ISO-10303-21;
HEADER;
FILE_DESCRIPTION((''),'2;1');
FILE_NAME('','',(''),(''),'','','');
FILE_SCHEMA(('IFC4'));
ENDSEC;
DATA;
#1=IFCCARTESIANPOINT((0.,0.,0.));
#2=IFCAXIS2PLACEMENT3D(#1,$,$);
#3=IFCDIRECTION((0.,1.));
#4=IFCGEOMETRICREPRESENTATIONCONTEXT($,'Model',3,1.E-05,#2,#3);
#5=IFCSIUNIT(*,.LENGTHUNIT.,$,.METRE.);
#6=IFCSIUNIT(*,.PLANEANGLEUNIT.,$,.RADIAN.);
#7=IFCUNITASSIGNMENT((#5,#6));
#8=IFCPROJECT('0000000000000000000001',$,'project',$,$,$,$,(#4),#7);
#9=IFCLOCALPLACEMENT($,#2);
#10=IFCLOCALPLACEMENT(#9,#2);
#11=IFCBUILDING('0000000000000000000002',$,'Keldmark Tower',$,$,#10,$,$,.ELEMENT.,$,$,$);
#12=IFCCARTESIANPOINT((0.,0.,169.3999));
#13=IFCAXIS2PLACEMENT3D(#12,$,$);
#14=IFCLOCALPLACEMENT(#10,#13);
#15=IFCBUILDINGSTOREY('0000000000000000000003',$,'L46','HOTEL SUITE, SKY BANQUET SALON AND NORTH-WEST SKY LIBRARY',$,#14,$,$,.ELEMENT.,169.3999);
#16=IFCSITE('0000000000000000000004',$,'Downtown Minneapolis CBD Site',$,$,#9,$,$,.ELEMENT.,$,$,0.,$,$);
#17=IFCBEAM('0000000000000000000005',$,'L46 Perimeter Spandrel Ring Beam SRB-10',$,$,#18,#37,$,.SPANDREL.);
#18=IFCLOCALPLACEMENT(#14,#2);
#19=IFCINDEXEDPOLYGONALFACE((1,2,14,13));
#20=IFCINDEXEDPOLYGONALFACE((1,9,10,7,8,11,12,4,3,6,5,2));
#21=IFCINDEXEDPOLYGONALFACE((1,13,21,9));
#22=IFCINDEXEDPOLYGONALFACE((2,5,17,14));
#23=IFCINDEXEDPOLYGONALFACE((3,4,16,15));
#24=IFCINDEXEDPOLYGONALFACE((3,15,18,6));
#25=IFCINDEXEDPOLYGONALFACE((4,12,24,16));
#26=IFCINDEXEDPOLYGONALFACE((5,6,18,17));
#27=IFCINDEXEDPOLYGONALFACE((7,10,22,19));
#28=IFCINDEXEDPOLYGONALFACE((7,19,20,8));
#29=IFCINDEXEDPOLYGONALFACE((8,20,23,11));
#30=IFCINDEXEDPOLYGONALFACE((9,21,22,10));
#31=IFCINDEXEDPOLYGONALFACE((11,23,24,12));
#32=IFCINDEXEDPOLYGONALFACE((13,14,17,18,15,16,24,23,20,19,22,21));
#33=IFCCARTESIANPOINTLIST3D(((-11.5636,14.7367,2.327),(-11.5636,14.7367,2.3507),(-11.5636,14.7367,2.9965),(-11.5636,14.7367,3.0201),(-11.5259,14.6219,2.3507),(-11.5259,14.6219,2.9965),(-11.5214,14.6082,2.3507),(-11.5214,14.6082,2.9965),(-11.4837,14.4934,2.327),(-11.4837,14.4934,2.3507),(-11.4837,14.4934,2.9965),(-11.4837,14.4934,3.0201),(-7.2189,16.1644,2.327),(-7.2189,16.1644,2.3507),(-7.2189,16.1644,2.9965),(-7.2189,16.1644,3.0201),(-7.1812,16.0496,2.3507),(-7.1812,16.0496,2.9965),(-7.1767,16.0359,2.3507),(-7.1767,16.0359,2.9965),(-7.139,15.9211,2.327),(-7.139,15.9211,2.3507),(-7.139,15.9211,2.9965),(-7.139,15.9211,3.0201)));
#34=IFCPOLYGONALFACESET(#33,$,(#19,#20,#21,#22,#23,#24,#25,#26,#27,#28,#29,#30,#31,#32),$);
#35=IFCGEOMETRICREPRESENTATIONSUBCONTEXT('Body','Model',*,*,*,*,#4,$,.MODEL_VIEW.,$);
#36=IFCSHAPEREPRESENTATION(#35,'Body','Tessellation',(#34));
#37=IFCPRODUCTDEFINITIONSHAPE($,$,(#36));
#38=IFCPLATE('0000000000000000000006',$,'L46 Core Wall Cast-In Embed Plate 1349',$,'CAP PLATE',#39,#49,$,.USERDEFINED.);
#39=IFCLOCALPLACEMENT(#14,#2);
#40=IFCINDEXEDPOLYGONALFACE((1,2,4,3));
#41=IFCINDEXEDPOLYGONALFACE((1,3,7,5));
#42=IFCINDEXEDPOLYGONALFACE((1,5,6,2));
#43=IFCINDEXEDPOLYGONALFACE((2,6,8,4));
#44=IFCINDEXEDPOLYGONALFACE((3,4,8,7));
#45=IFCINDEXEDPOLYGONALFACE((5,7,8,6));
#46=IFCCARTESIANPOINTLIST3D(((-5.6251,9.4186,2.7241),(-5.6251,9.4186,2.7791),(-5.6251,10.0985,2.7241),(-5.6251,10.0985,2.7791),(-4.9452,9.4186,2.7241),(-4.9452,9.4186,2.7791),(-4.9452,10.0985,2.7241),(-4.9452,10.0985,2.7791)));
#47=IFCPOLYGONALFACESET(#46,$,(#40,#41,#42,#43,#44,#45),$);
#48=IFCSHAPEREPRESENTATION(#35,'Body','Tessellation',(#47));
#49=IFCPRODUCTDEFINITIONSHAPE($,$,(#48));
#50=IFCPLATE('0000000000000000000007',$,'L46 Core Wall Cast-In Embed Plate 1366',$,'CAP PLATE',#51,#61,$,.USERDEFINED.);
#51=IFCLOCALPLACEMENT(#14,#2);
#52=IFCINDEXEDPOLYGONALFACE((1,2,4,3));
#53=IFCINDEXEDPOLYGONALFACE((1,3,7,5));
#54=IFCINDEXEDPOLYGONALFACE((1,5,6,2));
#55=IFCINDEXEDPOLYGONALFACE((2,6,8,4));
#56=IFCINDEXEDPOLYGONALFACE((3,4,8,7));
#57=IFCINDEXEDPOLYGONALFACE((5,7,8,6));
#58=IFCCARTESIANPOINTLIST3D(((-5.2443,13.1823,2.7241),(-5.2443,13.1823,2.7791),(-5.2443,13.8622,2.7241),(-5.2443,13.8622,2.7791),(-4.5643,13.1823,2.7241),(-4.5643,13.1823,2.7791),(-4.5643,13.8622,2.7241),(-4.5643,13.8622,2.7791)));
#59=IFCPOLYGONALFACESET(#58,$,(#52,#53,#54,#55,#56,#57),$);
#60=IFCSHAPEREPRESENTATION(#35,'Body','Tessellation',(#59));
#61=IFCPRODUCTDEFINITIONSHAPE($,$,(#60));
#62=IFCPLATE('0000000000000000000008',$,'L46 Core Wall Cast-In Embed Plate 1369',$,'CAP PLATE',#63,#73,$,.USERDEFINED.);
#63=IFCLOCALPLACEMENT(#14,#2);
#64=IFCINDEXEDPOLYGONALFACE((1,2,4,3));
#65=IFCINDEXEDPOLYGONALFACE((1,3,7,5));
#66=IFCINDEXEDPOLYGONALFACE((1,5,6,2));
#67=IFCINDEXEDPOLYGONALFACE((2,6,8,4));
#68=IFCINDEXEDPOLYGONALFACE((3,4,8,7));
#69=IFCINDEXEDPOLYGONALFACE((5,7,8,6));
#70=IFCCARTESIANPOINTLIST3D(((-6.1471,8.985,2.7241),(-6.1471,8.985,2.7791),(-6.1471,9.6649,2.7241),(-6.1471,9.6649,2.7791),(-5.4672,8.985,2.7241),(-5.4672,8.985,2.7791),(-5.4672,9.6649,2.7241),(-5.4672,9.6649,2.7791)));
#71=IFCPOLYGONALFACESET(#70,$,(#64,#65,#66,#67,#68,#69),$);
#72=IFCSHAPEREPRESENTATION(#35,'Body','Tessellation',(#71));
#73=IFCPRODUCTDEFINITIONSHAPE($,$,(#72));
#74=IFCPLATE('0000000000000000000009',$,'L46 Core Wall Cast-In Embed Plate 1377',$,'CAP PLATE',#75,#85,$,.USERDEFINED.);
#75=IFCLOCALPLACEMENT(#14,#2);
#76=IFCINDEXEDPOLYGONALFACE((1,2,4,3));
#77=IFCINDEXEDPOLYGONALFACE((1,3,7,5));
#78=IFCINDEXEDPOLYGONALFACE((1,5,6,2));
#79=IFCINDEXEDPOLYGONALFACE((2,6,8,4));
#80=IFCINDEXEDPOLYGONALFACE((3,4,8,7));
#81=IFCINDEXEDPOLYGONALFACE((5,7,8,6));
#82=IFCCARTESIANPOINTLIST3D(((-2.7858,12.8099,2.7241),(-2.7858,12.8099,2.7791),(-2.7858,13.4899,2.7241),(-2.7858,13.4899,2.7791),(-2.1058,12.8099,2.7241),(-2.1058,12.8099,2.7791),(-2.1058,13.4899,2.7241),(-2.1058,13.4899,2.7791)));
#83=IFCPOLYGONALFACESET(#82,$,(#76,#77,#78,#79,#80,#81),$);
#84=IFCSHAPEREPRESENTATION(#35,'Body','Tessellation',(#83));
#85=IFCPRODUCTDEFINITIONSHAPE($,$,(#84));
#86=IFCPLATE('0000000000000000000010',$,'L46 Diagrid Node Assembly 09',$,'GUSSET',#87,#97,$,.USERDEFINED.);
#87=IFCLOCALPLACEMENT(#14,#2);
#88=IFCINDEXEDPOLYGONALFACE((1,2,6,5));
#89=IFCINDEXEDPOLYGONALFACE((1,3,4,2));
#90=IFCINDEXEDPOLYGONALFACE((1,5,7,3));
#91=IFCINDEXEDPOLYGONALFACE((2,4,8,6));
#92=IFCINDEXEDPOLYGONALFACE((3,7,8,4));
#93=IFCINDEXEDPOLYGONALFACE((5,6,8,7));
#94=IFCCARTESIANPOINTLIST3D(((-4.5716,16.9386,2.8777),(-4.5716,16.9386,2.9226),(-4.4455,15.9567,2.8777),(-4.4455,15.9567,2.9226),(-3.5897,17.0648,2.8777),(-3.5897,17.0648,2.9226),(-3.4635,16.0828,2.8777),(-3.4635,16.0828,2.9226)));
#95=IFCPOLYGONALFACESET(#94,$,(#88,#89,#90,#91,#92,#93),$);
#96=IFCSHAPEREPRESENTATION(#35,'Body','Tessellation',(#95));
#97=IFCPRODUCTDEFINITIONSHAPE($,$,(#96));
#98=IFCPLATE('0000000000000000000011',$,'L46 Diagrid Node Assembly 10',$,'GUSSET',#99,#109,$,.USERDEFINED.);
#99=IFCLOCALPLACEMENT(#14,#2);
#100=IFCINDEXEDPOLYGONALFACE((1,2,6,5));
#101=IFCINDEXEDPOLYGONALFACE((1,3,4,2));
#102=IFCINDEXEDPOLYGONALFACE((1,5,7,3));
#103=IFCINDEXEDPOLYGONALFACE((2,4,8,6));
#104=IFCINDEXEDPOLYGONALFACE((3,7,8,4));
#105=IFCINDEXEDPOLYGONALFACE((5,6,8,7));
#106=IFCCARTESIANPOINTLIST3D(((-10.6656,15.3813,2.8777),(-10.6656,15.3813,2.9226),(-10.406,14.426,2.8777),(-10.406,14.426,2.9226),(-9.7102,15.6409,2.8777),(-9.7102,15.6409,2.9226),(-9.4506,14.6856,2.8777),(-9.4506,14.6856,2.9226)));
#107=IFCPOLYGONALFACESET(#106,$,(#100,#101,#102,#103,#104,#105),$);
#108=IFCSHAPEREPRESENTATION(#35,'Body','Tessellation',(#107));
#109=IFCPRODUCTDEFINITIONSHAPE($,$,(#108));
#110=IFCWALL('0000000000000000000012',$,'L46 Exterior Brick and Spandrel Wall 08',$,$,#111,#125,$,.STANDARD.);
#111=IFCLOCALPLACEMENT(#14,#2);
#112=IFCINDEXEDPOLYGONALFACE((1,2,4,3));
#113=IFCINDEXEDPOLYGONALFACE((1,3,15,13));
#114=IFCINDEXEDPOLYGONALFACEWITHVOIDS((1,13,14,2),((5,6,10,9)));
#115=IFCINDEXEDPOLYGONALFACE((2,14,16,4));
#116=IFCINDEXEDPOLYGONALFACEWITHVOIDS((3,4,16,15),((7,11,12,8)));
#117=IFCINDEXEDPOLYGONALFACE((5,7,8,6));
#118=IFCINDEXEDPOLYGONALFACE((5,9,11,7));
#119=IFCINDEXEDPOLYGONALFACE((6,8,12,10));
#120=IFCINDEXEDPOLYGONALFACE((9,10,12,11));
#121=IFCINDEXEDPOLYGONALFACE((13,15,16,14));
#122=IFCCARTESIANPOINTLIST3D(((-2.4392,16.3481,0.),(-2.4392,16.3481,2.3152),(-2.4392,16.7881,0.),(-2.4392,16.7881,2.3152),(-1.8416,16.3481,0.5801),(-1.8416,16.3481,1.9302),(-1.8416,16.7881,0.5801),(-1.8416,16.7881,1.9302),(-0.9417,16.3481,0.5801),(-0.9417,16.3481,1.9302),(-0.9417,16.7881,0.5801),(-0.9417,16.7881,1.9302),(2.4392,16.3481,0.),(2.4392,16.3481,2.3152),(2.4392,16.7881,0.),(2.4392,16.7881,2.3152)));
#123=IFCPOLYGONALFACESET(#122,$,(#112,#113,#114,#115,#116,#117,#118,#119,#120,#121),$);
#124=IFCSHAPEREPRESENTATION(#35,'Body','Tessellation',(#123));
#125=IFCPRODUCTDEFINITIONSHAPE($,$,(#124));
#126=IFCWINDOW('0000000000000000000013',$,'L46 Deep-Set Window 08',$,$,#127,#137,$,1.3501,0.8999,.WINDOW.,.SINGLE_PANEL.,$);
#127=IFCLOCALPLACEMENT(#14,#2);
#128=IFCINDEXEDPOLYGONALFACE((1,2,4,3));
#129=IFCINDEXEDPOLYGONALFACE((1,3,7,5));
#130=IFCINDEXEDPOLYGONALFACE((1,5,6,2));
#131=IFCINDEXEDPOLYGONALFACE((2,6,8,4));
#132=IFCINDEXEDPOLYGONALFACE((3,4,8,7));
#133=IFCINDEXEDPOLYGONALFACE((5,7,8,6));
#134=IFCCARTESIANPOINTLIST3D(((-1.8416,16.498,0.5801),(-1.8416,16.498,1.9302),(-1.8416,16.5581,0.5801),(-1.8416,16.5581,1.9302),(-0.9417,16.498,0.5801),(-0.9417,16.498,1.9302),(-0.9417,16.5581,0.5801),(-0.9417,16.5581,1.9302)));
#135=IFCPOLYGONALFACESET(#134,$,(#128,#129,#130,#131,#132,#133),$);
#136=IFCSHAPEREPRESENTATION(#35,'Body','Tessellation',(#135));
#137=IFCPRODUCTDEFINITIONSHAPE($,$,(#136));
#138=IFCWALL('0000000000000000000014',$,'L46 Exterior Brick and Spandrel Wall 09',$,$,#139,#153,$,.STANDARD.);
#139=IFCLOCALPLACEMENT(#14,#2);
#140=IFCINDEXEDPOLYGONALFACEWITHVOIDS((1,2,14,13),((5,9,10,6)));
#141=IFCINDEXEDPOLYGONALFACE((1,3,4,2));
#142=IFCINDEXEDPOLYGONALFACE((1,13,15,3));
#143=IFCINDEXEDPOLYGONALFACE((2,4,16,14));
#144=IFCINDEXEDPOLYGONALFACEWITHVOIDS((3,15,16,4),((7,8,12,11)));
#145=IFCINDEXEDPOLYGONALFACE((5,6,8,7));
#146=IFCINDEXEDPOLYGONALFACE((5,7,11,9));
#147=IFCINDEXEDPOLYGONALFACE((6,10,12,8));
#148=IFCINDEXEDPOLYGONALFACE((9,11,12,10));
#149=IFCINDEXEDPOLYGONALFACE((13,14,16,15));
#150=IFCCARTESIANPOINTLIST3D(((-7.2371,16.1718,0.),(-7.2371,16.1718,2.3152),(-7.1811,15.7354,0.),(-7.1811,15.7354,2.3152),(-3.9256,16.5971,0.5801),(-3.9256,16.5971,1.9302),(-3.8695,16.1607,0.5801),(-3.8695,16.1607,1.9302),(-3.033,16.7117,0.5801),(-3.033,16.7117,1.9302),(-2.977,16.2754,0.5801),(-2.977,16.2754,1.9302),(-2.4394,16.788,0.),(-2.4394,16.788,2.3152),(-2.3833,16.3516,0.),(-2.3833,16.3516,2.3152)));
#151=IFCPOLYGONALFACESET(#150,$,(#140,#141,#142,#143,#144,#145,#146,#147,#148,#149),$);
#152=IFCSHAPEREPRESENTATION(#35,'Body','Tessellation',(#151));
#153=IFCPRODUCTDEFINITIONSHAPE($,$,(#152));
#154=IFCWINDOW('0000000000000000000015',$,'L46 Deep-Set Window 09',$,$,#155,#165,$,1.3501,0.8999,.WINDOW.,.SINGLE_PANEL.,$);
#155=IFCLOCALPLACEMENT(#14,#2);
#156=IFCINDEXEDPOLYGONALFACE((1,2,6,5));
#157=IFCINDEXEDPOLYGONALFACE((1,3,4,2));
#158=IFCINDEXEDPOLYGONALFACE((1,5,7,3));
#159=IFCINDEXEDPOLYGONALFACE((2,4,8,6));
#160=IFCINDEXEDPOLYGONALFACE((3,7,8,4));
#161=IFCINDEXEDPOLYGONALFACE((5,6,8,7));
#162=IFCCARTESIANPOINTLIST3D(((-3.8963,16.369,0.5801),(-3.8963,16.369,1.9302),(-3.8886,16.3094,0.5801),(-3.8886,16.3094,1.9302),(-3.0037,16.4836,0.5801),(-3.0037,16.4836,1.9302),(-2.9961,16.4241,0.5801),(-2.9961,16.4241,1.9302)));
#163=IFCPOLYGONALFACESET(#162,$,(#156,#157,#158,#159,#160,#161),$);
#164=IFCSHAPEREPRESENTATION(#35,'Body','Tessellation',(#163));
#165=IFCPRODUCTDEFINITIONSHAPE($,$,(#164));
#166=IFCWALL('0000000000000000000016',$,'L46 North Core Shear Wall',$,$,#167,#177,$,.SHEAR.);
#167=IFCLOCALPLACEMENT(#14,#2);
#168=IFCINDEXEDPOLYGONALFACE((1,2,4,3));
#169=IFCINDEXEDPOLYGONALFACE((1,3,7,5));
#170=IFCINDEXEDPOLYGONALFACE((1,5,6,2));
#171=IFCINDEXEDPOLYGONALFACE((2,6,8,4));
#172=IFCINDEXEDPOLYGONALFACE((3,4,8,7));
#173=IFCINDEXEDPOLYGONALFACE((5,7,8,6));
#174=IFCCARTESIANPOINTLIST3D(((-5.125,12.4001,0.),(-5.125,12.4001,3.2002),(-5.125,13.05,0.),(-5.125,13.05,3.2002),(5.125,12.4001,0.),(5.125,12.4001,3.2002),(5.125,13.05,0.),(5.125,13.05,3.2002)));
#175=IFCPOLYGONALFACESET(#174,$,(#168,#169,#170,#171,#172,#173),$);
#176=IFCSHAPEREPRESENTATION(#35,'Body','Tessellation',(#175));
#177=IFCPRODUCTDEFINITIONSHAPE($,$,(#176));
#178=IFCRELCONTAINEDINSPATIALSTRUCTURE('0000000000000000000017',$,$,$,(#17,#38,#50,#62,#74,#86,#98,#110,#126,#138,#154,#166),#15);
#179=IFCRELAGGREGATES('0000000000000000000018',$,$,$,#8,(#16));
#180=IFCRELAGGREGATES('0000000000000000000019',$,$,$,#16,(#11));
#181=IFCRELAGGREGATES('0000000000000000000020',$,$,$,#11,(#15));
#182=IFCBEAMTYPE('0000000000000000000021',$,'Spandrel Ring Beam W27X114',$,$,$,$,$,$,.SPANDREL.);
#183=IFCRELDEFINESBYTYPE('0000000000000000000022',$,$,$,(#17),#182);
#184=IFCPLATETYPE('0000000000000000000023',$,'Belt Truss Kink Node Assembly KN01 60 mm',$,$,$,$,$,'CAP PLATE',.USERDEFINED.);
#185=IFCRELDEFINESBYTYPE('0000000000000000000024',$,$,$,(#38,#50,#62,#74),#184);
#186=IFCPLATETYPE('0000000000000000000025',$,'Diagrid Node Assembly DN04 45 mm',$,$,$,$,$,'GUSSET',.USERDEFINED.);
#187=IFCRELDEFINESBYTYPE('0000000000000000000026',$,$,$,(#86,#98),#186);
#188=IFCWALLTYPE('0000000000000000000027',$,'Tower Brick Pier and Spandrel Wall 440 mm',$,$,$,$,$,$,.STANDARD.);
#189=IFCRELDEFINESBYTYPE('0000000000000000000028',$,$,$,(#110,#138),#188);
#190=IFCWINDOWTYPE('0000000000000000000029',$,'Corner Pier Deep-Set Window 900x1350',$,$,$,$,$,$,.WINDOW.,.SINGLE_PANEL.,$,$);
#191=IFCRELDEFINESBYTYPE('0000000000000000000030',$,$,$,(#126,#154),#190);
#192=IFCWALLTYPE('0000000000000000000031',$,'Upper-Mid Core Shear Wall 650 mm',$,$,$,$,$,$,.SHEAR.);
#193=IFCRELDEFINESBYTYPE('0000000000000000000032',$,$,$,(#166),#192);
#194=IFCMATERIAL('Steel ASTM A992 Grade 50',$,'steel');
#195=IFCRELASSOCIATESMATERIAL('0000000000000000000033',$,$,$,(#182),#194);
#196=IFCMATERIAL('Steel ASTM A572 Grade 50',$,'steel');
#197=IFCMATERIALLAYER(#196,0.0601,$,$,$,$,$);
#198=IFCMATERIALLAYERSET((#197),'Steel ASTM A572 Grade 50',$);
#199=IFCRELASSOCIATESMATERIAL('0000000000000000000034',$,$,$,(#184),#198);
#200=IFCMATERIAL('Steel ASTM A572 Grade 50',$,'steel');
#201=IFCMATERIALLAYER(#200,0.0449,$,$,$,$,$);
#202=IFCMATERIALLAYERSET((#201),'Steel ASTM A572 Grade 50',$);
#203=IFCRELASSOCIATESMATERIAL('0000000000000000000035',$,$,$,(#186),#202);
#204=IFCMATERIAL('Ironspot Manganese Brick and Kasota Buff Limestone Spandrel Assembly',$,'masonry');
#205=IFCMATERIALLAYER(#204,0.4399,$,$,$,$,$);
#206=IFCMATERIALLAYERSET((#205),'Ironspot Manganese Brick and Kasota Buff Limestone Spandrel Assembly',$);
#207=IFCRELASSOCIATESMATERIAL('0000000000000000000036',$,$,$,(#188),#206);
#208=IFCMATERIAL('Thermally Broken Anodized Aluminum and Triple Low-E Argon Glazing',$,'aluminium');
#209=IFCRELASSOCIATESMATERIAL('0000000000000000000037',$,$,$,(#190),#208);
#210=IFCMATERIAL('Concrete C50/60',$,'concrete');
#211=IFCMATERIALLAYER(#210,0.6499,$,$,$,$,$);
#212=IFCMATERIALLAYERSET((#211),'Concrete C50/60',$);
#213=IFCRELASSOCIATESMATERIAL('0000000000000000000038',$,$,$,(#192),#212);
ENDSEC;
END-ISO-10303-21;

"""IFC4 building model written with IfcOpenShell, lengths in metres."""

from ifc_helpers import new_model, si_unit, direction, frame, frame_2d, origin, origin_2d, place, context, subcontext, project, spatial, rectangle, i_section, extrude, material, layer, layer_set, material_profile, profile_set, type_object, element, fill, save


model = new_model("IFC4")

# Units and contexts
model_context = context("Model", 3, precision=1e-05, world=origin(), true_north=direction((0.0, 1.0)))
body_context = subcontext(model_context, "Body", "Model", "MODEL_VIEW")
ifc_project = project(units=[si_unit("LENGTHUNIT", "METRE"), si_unit("PLANEANGLEUNIT", "RADIAN")], contexts=[model_context])

# Site, building, storey
site_placement = place(None, origin())
site = spatial("IfcSite", under=ifc_project, at=site_placement, Name="Downtown Minneapolis CBD Site", CompositionType="ELEMENT", RefElevation=0.0)
building_placement = place(site_placement, origin())
building = spatial("IfcBuilding", under=site, at=building_placement, Name="Keldmark Tower", CompositionType="ELEMENT")
storey_placement = place(building_placement, frame((0.0, 0.0, 169.3999)))
storey = spatial("IfcBuildingStorey", under=building, at=storey_placement, Name="L46", Description="HOTEL SUITE, SKY BANQUET SALON AND NORTH-WEST SKY LIBRARY", CompositionType="ELEMENT", Elevation=169.3999)

# Beam
ifc_material_1 = material(Name="Steel ASTM A992 Grade 50", Category="steel")
ifc_material_profile_1 = material_profile(ifc_material_1, i_section(OverallWidth=0.2561, OverallDepth=0.6931, WebThickness=0.0144, FlangeThickness=0.0237, at=origin_2d()), Name="W27X114")
ifc_profile_set_1 = profile_set([ifc_material_profile_1], Name="Steel ASTM A992 Grade 50")
beam_type_1 = type_object("IfcBeamType", Name="Spandrel Ring Beam W27X114", PredefinedType="SPANDREL", material=ifc_profile_set_1)
beam_1_placement = place(storey_placement, frame((-7.179, 16.0427, 2.6736), z_axis=(-0.95002, -0.312189, 0.0), x_axis=(0.312189, -0.95002, 0.0)))
element("IfcBeam", 1, at=beam_1_placement, inside=storey, type_object=beam_type_1, Name="L46 Perimeter Spandrel Ring Beam SRB-10", PredefinedType="SPANDREL", context=body_context, shape_type="SweptSolid", body=[
    extrude(i_section(OverallWidth=0.2561, OverallDepth=0.6931, WebThickness=0.0144, FlangeThickness=0.0237, at=origin_2d()), origin(), (0.0, 0.0, 1.0), 4.5732),
])

# Plates
ifc_material_2 = material(Name="Steel ASTM A572 Grade 50", Category="steel")
ifc_layer_1 = layer(ifc_material_2, 0.0601)
ifc_layer_set_1 = layer_set([ifc_layer_1], Name="Steel ASTM A572 Grade 50")
plate_type_1 = type_object("IfcPlateType", Name="Belt Truss Kink Node Assembly KN01 60 mm", ElementType="CAP PLATE", PredefinedType="USERDEFINED", material=ifc_layer_set_1)
for number, where, z_axis, x_axis, name in (
    (2, (-5.2852, 9.7585, 2.7241), (0.0, 0.0, 1.0), (1.0, 0.0, 0.0), "L46 Core Wall Cast-In Embed Plate 1349"),
    (3, (-4.9043, 13.5222, 2.7241), (0.0, 0.0, 1.0), (1.0, 0.0, 0.0), "L46 Core Wall Cast-In Embed Plate 1366"),
    (4, (-5.8071, 9.325, 2.7241), (0.0, 0.0, 1.0), (1.0, 0.0, 0.0), "L46 Core Wall Cast-In Embed Plate 1369"),
    (5, (-2.4458, 13.1499, 2.7241), (0.0, 0.0, 1.0), (1.0, 0.0, 0.0), "L46 Core Wall Cast-In Embed Plate 1377"),
):
    element("IfcPlate", number, at=place(storey_placement, frame(where, z_axis=z_axis, x_axis=x_axis)), inside=storey, type_object=plate_type_1, Name=name, ObjectType="CAP PLATE", PredefinedType="USERDEFINED", context=body_context, shape_type="SweptSolid", body=[
        extrude(rectangle(XDim=0.6799, YDim=0.6799, at=origin_2d()), origin(), (0.0, 0.0, 1.0), 0.0549),
    ])
ifc_material_3 = material(Name="Steel ASTM A572 Grade 50", Category="steel")
ifc_layer_2 = layer(ifc_material_3, 0.0449)
ifc_layer_set_2 = layer_set([ifc_layer_2], Name="Steel ASTM A572 Grade 50")
plate_type_2 = type_object("IfcPlateType", Name="Diagrid Node Assembly DN04 45 mm", ElementType="GUSSET", PredefinedType="USERDEFINED", material=ifc_layer_set_2)
for number, where, z_axis, x_axis, name in (
    (6, (-4.0176, 16.5107, 2.8777), (0.0, 0.0, 1.0), (-0.99185, -0.127411, 0.0), "L46 Diagrid Node Assembly 09"),
    (7, (-10.0581, 15.0334, 2.8777), (0.0, 0.0, 1.0), (-0.965016, -0.262189, 0.0), "L46 Diagrid Node Assembly 10"),
):
    element("IfcPlate", number, at=place(storey_placement, frame(where, z_axis=z_axis, x_axis=x_axis)), inside=storey, type_object=plate_type_2, Name=name, ObjectType="GUSSET", PredefinedType="USERDEFINED", context=body_context, shape_type="SweptSolid", body=[
        extrude(rectangle(XDim=0.99, YDim=0.99, at=origin_2d()), origin(), (0.0, 0.0, 1.0), 0.0449),
    ])

# Walls, openings, windows
ifc_material_4 = material(Name="Ironspot Manganese Brick and Kasota Buff Limestone Spandrel Assembly", Category="masonry")
ifc_layer_3 = layer(ifc_material_4, 0.4399)
ifc_layer_set_3 = layer_set([ifc_layer_3], Name="Ironspot Manganese Brick and Kasota Buff Limestone Spandrel Assembly")
wall_type_1 = type_object("IfcWallType", Name="Tower Brick Pier and Spandrel Wall 440 mm", PredefinedType="STANDARD", material=ifc_layer_set_3)
wall_1_placement = place(storey_placement, frame((-2.4392, 16.5681, 0.0), z_axis=(0.0, 0.0, 1.0), x_axis=(1.0, 0.0, 0.0)))
wall_1 = element("IfcWall", 8, at=wall_1_placement, inside=storey, type_object=wall_type_1, Name="L46 Exterior Brick and Spandrel Wall 08", PredefinedType="STANDARD", context=body_context, shape_type="SweptSolid", body=[
    extrude(rectangle(XDim=4.8784, YDim=0.4399, at=frame_2d((2.4392, 0.0))), origin(), (0.0, 0.0, 1.0), 2.3152),
])
opening_1_placement = place(wall_1_placement, frame((0.5977, 0.0, 0.5801)))
opening_1 = element("IfcOpeningElement", 9, at=opening_1_placement, cuts=wall_1, PredefinedType="OPENING", context=body_context, shape_type="SweptSolid", body=[
    extrude(rectangle(XDim=0.8999, YDim=1.3501, at=frame_2d((0.45, 0.675))), frame((0.0, 0.23, 0.0), z_axis=(0.0, -1.0, 0.0), x_axis=(1.0, 0.0, 0.0)), (0.0, 0.0, 1.0), 0.46),
])
ifc_material_5 = material(Name="Thermally Broken Anodized Aluminum and Triple Low-E Argon Glazing", Category="aluminium")
window_type = type_object("IfcWindowType", Name="Corner Pier Deep-Set Window 900x1350", PartitioningType="SINGLE_PANEL", PredefinedType="WINDOW", material=ifc_material_5)
window_1_placement = place(opening_1_placement, origin())
window_1 = element("IfcWindow", 10, at=window_1_placement, inside=storey, type_object=window_type, Name="L46 Deep-Set Window 08", OverallHeight=1.3501, OverallWidth=0.8999, PartitioningType="SINGLE_PANEL", PredefinedType="WINDOW", context=body_context, shape_type="SweptSolid", body=[
    extrude(rectangle(XDim=0.8999, YDim=1.3501, at=frame_2d((0.45, 0.675))), frame((0.0, -0.01, 0.0), z_axis=(0.0, -1.0, 0.0), x_axis=(1.0, 0.0, 0.0)), (0.0, 0.0, 1.0), 0.0601),
])
fill(opening_1, window_1)
wall_2_placement = place(storey_placement, frame((-7.209, 15.9536, 0.0), z_axis=(0.0, 0.0, 1.0), x_axis=(0.991853, 0.127388, 0.0)))
wall_2 = element("IfcWall", 11, at=wall_2_placement, inside=storey, type_object=wall_type_1, Name="L46 Exterior Brick and Spandrel Wall 09", PredefinedType="STANDARD", context=body_context, shape_type="SweptSolid", body=[
    extrude(rectangle(XDim=4.8372, YDim=0.4399, at=frame_2d((2.4185, 0.0))), origin(), (0.0, 0.0, 1.0), 2.3152),
])
opening_2_placement = place(wall_2_placement, frame((3.3386, 0.0, 0.5801)))
opening_2 = element("IfcOpeningElement", 12, at=opening_2_placement, cuts=wall_2, PredefinedType="OPENING", context=body_context, shape_type="SweptSolid", body=[
    extrude(rectangle(XDim=0.8999, YDim=1.3501, at=frame_2d((0.45, 0.675))), frame((0.0, 0.23, 0.0), z_axis=(0.0, -1.0, 0.0), x_axis=(1.0, 0.0, 0.0)), (0.0, 0.0, 1.0), 0.46),
])
window_2_placement = place(opening_2_placement, origin())
window_2 = element("IfcWindow", 13, at=window_2_placement, inside=storey, type_object=window_type, Name="L46 Deep-Set Window 09", OverallHeight=1.3501, OverallWidth=0.8999, PartitioningType="SINGLE_PANEL", PredefinedType="WINDOW", context=body_context, shape_type="SweptSolid", body=[
    extrude(rectangle(XDim=0.8999, YDim=1.3501, at=frame_2d((0.45, 0.675))), frame((0.0, -0.01, 0.0), z_axis=(0.0, -1.0, 0.0), x_axis=(1.0, 0.0, 0.0)), (0.0, 0.0, 1.0), 0.0601),
])
fill(opening_2, window_2)

# Wall
ifc_material_6 = material(Name="Concrete C50/60", Category="concrete")
ifc_layer_4 = layer(ifc_material_6, 0.6499)
ifc_layer_set_4 = layer_set([ifc_layer_4], Name="Concrete C50/60")
wall_type_2 = type_object("IfcWallType", Name="Upper-Mid Core Shear Wall 650 mm", PredefinedType="SHEAR", material=ifc_layer_set_4)
wall_3_placement = place(storey_placement, frame((-5.125, 12.7251, 0.0), z_axis=(0.0, 0.0, 1.0), x_axis=(1.0, 0.0, 0.0)))
element("IfcWall", 14, at=wall_3_placement, inside=storey, type_object=wall_type_2, Name="L46 North Core Shear Wall", PredefinedType="SHEAR", context=body_context, shape_type="SweptSolid", body=[
    extrude(rectangle(XDim=10.25, YDim=0.6499, at=frame_2d((5.125, 0.0))), origin(), (0.0, 0.0, 1.0), 3.2002),
])

save(model, "model.ifc")
